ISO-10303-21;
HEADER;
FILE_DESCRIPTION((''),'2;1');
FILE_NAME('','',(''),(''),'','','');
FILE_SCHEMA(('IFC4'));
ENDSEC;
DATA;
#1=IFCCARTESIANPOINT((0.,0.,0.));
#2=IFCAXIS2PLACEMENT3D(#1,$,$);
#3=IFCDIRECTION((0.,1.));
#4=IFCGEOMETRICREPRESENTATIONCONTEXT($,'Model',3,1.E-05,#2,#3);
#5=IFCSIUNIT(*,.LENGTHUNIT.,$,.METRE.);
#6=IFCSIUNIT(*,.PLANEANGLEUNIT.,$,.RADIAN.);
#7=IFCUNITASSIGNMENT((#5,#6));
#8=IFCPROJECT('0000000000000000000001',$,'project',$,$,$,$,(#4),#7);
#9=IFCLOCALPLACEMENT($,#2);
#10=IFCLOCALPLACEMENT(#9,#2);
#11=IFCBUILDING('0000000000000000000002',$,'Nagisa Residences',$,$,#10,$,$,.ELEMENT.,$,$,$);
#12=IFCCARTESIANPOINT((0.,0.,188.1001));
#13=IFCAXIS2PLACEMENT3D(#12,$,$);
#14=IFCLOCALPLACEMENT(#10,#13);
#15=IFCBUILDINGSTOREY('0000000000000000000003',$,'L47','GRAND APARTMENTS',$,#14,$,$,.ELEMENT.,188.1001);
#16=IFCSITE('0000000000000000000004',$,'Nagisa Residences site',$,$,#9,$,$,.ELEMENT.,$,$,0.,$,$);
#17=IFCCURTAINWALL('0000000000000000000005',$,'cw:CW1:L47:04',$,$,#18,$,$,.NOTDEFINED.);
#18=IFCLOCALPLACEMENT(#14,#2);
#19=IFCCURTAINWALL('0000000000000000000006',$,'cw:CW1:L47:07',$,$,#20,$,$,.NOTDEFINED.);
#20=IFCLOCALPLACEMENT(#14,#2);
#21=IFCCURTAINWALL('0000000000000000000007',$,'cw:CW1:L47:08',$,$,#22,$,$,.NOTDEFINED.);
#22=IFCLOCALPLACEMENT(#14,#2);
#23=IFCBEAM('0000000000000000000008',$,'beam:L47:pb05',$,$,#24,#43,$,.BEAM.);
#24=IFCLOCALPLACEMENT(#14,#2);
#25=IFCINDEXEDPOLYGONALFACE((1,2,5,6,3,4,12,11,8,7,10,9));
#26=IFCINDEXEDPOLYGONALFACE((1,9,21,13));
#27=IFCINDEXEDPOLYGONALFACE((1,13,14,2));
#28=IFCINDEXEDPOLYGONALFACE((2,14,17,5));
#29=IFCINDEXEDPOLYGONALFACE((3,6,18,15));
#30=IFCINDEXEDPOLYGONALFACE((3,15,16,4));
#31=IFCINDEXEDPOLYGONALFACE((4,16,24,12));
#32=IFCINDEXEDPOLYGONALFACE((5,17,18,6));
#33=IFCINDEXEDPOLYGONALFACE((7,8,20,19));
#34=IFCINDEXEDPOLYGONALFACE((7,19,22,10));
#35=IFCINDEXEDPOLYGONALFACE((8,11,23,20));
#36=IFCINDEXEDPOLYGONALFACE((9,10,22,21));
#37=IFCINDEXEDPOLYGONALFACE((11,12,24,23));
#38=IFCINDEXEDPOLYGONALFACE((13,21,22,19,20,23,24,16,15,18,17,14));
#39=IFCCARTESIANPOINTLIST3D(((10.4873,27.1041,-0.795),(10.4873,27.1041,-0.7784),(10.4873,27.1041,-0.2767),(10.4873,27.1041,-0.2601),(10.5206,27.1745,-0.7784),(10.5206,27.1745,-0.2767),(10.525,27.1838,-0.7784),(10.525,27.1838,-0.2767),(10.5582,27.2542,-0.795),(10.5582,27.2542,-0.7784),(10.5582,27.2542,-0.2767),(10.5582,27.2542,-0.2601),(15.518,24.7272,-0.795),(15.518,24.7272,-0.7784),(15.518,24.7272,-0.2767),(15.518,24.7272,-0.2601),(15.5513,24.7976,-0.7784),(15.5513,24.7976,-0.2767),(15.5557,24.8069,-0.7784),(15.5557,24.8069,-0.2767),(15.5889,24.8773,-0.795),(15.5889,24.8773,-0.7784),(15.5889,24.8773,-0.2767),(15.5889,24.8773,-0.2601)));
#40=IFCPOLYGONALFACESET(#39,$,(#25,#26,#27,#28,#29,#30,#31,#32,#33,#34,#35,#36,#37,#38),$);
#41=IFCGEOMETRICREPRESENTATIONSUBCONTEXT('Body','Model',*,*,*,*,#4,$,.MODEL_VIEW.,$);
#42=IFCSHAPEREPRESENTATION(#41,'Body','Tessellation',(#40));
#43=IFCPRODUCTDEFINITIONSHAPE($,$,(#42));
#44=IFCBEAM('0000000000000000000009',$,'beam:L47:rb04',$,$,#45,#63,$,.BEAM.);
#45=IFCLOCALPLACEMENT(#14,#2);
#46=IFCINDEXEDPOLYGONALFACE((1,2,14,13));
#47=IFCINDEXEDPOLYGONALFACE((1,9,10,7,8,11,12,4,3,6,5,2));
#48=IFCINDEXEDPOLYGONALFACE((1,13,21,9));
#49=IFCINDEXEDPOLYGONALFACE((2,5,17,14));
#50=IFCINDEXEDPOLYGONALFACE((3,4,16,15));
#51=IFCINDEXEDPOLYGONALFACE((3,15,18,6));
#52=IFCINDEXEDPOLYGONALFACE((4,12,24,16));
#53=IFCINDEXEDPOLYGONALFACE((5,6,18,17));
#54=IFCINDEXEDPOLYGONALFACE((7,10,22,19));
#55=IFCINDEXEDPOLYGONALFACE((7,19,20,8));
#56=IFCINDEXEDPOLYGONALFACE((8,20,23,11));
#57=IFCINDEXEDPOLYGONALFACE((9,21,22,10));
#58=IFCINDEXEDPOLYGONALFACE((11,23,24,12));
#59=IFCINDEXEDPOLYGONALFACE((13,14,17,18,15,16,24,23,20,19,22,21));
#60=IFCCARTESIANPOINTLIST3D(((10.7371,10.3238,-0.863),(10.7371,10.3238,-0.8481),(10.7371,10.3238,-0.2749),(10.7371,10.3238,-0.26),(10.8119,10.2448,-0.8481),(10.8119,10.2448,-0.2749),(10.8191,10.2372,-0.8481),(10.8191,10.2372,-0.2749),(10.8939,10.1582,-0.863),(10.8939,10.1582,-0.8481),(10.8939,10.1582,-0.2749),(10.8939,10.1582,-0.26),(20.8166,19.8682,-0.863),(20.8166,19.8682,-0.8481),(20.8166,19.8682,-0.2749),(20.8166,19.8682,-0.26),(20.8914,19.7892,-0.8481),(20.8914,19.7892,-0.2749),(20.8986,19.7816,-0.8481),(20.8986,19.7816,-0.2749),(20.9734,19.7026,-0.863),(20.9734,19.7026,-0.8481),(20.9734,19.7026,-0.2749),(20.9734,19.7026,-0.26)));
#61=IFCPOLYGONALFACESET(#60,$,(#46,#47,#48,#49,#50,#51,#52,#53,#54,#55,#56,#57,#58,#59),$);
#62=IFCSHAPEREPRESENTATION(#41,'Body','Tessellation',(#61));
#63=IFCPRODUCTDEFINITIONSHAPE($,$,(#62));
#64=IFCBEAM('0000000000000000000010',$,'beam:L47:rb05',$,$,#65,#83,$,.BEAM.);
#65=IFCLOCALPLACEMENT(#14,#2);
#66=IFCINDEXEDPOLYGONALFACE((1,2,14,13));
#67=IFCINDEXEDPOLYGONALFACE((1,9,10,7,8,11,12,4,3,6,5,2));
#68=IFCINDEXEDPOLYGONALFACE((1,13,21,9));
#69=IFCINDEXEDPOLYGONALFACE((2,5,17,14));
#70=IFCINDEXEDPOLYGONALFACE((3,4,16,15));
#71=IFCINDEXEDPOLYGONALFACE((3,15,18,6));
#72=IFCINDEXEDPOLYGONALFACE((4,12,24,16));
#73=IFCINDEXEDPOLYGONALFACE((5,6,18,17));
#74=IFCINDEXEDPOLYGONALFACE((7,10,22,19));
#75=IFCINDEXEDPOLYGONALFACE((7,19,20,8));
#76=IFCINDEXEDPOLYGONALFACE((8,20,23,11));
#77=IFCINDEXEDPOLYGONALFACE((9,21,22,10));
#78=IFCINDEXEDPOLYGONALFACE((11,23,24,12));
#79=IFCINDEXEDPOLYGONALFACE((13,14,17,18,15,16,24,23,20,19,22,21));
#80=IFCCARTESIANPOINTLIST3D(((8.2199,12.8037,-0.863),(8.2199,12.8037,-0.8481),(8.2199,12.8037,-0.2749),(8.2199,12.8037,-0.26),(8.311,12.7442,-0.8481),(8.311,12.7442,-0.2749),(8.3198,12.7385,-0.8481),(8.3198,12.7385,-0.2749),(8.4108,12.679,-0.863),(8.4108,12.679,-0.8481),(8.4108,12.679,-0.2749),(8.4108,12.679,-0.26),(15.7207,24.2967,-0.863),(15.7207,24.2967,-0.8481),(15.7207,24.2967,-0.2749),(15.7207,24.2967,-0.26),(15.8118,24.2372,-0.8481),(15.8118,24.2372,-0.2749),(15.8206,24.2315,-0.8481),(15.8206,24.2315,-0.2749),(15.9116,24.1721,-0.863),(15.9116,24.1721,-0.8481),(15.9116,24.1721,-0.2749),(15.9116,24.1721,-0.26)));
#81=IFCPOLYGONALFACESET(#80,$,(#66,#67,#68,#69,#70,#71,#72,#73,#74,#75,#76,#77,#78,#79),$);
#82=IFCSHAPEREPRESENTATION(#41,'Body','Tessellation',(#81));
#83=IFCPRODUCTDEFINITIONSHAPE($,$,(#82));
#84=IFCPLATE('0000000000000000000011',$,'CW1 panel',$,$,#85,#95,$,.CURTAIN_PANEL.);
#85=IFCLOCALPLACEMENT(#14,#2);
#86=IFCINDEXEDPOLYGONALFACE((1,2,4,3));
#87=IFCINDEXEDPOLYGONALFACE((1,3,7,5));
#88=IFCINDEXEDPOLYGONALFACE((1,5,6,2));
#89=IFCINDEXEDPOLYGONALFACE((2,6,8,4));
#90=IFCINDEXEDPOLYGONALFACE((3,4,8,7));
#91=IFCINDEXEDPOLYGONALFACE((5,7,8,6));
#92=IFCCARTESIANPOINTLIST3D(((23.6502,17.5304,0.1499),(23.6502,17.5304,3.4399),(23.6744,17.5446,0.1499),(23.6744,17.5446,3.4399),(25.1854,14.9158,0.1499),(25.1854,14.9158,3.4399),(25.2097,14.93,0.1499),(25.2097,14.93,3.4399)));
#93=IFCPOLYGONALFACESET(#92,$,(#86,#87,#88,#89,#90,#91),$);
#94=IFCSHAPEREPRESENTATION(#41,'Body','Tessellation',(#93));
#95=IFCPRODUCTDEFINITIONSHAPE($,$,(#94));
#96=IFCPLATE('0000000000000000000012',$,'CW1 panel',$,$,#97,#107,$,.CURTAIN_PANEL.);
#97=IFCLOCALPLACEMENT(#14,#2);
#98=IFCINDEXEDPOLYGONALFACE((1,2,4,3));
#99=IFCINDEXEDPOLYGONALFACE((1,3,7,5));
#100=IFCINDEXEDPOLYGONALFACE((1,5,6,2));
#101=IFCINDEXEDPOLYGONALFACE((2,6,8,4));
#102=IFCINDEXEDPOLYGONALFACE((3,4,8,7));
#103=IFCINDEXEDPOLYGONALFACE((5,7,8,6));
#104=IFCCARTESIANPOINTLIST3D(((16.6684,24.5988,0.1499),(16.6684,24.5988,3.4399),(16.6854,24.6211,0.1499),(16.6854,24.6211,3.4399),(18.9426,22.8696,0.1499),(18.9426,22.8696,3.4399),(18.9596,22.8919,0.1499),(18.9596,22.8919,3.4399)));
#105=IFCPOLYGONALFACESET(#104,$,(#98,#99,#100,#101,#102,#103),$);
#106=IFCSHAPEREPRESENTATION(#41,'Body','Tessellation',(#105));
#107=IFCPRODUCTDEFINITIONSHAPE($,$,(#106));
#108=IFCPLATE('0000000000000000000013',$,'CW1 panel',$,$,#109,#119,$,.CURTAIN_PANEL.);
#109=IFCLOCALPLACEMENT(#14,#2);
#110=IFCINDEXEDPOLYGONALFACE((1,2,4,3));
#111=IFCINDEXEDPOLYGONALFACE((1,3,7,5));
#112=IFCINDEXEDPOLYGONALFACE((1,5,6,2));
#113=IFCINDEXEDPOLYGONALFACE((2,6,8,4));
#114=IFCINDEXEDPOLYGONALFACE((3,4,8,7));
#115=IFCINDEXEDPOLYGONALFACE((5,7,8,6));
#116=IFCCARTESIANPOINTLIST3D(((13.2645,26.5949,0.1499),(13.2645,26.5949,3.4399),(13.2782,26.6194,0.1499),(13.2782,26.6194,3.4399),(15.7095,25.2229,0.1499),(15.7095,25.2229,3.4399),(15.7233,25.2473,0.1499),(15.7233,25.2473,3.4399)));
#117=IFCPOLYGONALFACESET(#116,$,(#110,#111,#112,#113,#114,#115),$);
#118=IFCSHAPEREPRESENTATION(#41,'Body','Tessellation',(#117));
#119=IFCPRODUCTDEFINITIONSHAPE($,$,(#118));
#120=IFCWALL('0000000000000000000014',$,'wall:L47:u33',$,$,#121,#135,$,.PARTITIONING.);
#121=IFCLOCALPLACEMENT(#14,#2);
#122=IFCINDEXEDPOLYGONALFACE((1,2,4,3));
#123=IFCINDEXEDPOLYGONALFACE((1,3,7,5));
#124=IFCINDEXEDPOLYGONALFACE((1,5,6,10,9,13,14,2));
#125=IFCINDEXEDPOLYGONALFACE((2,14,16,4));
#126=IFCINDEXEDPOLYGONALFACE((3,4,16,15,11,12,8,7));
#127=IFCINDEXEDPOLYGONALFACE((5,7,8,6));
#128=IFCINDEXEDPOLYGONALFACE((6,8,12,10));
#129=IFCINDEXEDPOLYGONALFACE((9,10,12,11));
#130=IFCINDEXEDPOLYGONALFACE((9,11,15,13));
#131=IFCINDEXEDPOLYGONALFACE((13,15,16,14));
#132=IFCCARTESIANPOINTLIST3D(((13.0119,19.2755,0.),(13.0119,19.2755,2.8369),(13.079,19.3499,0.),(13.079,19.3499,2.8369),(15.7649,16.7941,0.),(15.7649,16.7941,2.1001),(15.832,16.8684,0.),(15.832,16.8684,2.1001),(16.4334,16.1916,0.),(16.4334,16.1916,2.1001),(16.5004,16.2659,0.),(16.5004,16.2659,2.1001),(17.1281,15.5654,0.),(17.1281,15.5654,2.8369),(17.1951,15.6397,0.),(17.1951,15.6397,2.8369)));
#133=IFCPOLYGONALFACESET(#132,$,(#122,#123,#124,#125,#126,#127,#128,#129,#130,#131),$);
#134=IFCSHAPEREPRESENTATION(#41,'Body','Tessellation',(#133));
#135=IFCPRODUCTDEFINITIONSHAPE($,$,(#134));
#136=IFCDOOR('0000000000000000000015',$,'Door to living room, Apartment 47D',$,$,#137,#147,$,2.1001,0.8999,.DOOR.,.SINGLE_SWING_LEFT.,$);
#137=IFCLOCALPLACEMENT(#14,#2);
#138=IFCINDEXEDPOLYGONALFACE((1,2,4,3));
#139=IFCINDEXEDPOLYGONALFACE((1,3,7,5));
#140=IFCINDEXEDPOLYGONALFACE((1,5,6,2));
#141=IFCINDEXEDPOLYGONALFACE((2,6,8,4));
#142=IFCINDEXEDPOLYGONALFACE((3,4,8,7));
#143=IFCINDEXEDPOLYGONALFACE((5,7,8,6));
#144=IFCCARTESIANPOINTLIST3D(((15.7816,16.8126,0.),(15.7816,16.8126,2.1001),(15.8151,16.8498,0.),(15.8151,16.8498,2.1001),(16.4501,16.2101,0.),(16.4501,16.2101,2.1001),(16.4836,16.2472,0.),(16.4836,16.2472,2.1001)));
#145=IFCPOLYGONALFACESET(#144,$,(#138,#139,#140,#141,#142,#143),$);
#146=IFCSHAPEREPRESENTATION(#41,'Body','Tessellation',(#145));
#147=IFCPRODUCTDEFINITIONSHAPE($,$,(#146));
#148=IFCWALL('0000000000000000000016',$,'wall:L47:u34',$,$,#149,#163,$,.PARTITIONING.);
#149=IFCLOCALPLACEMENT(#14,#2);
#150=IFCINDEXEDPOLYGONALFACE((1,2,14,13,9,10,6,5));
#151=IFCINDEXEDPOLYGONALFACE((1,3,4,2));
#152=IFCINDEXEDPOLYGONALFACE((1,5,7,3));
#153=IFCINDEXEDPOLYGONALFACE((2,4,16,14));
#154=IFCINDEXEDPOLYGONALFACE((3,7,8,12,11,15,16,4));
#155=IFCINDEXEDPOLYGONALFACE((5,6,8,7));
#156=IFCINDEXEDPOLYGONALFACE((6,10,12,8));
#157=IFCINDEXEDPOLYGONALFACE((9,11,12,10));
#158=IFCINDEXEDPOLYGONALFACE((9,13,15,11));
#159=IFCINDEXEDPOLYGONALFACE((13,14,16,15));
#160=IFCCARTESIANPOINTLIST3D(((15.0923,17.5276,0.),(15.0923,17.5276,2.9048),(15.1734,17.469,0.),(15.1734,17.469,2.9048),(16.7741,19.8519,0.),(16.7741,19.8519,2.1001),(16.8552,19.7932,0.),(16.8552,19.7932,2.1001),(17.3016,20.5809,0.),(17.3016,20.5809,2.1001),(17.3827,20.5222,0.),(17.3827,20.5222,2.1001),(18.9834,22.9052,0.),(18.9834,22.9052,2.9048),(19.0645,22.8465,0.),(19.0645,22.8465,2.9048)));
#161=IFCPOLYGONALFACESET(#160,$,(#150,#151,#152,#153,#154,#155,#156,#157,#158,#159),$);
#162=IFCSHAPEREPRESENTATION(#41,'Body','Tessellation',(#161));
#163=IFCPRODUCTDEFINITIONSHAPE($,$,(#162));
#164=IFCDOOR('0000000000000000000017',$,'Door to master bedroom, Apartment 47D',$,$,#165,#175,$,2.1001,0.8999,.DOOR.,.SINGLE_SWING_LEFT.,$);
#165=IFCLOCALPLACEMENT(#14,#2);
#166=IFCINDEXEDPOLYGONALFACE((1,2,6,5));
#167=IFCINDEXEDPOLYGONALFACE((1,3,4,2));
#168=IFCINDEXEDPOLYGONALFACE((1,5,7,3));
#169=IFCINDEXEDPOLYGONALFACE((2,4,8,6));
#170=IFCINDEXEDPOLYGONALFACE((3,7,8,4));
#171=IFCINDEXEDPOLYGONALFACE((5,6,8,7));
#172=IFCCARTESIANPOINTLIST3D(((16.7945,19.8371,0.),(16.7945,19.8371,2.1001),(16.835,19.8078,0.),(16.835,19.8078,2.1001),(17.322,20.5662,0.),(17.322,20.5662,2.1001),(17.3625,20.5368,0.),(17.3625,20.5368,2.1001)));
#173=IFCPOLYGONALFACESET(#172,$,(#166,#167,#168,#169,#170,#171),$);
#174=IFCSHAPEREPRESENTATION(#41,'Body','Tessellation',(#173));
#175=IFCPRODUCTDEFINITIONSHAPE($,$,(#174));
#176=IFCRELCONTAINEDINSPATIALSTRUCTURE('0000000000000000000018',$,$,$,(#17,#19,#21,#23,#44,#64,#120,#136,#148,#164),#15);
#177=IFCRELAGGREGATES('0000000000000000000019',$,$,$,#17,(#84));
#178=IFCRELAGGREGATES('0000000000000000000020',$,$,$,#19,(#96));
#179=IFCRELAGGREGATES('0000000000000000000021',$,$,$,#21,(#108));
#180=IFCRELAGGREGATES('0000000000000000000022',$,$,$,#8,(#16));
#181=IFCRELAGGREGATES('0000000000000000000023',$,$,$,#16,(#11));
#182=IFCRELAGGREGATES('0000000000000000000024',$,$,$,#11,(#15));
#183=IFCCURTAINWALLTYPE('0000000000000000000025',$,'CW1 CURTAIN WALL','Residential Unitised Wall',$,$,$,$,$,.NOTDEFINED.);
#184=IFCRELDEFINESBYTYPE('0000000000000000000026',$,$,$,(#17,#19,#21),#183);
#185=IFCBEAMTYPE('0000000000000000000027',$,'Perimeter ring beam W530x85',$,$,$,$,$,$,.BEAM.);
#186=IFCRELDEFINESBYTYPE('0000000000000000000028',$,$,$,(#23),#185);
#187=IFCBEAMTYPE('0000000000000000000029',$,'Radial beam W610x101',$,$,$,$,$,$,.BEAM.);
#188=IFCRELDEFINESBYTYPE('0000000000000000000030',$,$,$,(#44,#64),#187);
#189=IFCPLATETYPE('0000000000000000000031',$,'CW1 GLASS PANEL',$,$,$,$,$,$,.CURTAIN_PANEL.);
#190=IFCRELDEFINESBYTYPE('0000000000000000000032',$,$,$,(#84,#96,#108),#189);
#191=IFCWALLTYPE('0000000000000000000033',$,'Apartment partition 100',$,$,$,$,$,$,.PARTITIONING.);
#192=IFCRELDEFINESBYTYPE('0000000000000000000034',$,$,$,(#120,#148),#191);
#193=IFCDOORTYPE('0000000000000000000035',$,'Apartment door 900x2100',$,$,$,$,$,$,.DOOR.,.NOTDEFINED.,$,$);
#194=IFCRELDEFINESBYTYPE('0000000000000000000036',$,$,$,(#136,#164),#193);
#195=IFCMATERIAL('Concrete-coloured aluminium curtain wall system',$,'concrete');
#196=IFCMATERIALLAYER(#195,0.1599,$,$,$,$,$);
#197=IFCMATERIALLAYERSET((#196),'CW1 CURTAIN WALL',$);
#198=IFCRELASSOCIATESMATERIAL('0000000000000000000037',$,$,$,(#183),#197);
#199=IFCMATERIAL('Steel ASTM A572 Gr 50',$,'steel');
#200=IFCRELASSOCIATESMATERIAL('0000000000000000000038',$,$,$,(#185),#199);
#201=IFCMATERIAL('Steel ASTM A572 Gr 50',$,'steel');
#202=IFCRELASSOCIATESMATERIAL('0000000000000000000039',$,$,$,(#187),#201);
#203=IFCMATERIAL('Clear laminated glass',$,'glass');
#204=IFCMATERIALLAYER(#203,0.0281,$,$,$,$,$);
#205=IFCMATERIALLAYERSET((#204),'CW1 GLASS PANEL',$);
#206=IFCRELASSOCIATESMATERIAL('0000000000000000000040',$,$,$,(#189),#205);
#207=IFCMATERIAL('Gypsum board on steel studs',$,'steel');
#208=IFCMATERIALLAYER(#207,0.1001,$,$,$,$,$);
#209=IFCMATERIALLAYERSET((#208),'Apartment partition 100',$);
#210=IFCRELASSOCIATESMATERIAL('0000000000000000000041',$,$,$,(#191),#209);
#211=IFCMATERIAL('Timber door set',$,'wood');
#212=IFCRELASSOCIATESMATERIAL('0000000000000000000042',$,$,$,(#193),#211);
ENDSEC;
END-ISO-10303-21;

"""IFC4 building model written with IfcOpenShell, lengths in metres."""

from ifc_helpers import new_model, si_unit, direction, frame, frame_2d, origin, origin_2d, place, context, subcontext, project, spatial, rectangle, i_section, extrude, material, layer, layer_set, material_profile, profile_set, type_object, element, fill, aggregate, save


model = new_model("IFC4")

# Units and contexts
model_context = context("Model", 3, precision=1e-05, world=origin(), true_north=direction((0.0, 1.0)))
body_context = subcontext(model_context, "Body", "Model", "MODEL_VIEW")
ifc_project = project(units=[si_unit("LENGTHUNIT", "METRE"), si_unit("PLANEANGLEUNIT", "RADIAN")], contexts=[model_context])

# Site, building, storey
site_placement = place(None, origin())
site = spatial("IfcSite", under=ifc_project, at=site_placement, Name="Nagisa Residences site", CompositionType="ELEMENT", RefElevation=0.0)
building_placement = place(site_placement, origin())
building = spatial("IfcBuilding", under=site, at=building_placement, Name="Nagisa Residences", CompositionType="ELEMENT")
storey_placement = place(building_placement, frame((0.0, 0.0, 188.1001)))
storey = spatial("IfcBuildingStorey", under=building, at=storey_placement, Name="L47", Description="GRAND APARTMENTS", CompositionType="ELEMENT", Elevation=188.1001)

# Curtain walls
ifc_material_1 = material(Name="Concrete-coloured aluminium curtain wall system", Category="concrete")
ifc_layer_1 = layer(ifc_material_1, 0.1599)
ifc_layer_set_1 = layer_set([ifc_layer_1], Name="CW1 CURTAIN WALL")
curtain_wall_type = type_object("IfcCurtainWallType", Name="CW1 CURTAIN WALL", Description="Residential Unitised Wall", PredefinedType="NOTDEFINED", material=ifc_layer_set_1)
curtain_wall_1_placement = place(storey_placement, origin())
curtain_wall_1 = element("IfcCurtainWall", 1, at=curtain_wall_1_placement, inside=storey, type_object=curtain_wall_type, Name="cw:CW1:L47:04", PredefinedType="NOTDEFINED")
curtain_wall_2_placement = place(storey_placement, origin())
curtain_wall_2 = element("IfcCurtainWall", 2, at=curtain_wall_2_placement, inside=storey, type_object=curtain_wall_type, Name="cw:CW1:L47:07", PredefinedType="NOTDEFINED")
curtain_wall_3_placement = place(storey_placement, origin())
curtain_wall_3 = element("IfcCurtainWall", 3, at=curtain_wall_3_placement, inside=storey, type_object=curtain_wall_type, Name="cw:CW1:L47:08", PredefinedType="NOTDEFINED")

# Beams
ifc_material_2 = material(Name="Steel ASTM A572 Gr 50", Category="steel")
ifc_material_profile_1 = material_profile(ifc_material_2, i_section(OverallWidth=0.166, OverallDepth=0.5349, WebThickness=0.0103, FlangeThickness=0.0166, at=origin_2d()), Name="W530x85")
ifc_profile_set_1 = profile_set([ifc_material_profile_1], Name="Steel ASTM A572 Gr 50")
beam_type_1 = type_object("IfcBeamType", Name="Perimeter ring beam W530x85", PredefinedType="BEAM", material=ifc_profile_set_1)
beam_1_placement = place(storey_placement, frame((15.5535, 24.8022, -0.5276), z_axis=(-0.904157, 0.4272, 0.0), x_axis=(-0.4272, -0.904157, 0.0)))
element("IfcBeam", 4, at=beam_1_placement, inside=storey, type_object=beam_type_1, Name="beam:L47:pb05", PredefinedType="BEAM", context=body_context, shape_type="SweptSolid", body=[
    extrude(i_section(OverallWidth=0.166, OverallDepth=0.5349, WebThickness=0.0103, FlangeThickness=0.0166, at=origin_2d()), origin(), (0.0, 0.0, 1.0), 5.564),
])
ifc_material_3 = material(Name="Steel ASTM A572 Gr 50", Category="steel")
ifc_material_profile_2 = material_profile(ifc_material_3, i_section(OverallWidth=0.228, OverallDepth=0.603, WebThickness=0.0105, FlangeThickness=0.0149, at=origin_2d()), Name="W610x101")
ifc_profile_set_2 = profile_set([ifc_material_profile_2], Name="Steel ASTM A572 Gr 50")
beam_type_2 = type_object("IfcBeamType", Name="Radial beam W610x101", PredefinedType="BEAM", material=ifc_profile_set_2)
beam_2_placement = place(storey_placement, frame((20.895, 19.7854, -0.5615), z_axis=(-0.72612, -0.687568, 0.0), x_axis=(0.687568, -0.72612, 0.0)))
element("IfcBeam", 5, at=beam_2_placement, inside=storey, type_object=beam_type_2, Name="beam:L47:rb04", PredefinedType="BEAM", context=body_context, shape_type="SweptSolid", body=[
    extrude(i_section(OverallWidth=0.228, OverallDepth=0.603, WebThickness=0.0105, FlangeThickness=0.0149, at=origin_2d()), origin(), (0.0, 0.0, 1.0), 13.8813),
])
beam_3_placement = place(storey_placement, frame((15.8162, 24.2344, -0.5615), z_axis=(-0.546541, -0.837432, 0.0), x_axis=(0.837432, -0.546541, 0.0)))
element("IfcBeam", 6, at=beam_3_placement, inside=storey, type_object=beam_type_2, Name="beam:L47:rb05", PredefinedType="BEAM", context=body_context, shape_type="SweptSolid", body=[
    extrude(i_section(OverallWidth=0.228, OverallDepth=0.603, WebThickness=0.0105, FlangeThickness=0.0149, at=origin_2d()), origin(), (0.0, 0.0, 1.0), 13.7241),
])

# Plates
ifc_material_4 = material(Name="Clear laminated glass", Category="glass")
ifc_layer_2 = layer(ifc_material_4, 0.0281)
ifc_layer_set_2 = layer_set([ifc_layer_2], Name="CW1 GLASS PANEL")
plate_type = type_object("IfcPlateType", Name="CW1 GLASS PANEL", PredefinedType="CURTAIN_PANEL", material=ifc_layer_set_2)
plate_1_placement = place(storey_placement, frame((24.4299, 16.2302, 0.1499), z_axis=(0.0, 0.0, 1.0), x_axis=(-0.506349, 0.862329, 0.0)))
plate_1 = element("IfcPlate", 7, at=plate_1_placement, type_object=plate_type, Name="CW1 panel", PredefinedType="CURTAIN_PANEL", context=body_context, shape_type="SweptSolid", body=[
    extrude(rectangle(XDim=3.032, YDim=0.0281, at=origin_2d()), origin(), (0.0, 0.0, 1.0), 3.29),
])
aggregate(curtain_wall_1, [plate_1])
plate_2_placement = place(storey_placement, frame((17.814, 23.7454, 0.1499), z_axis=(0.0, 0.0, 1.0), x_axis=(-0.796031, 0.605255, 0.0)))
plate_2 = element("IfcPlate", 8, at=plate_2_placement, type_object=plate_type, Name="CW1 panel", PredefinedType="CURTAIN_PANEL", context=body_context, shape_type="SweptSolid", body=[
    extrude(rectangle(XDim=2.8569, YDim=0.0281, at=origin_2d()), origin(), (0.0, 0.0, 1.0), 3.29),
])
aggregate(curtain_wall_2, [plate_2])
plate_3_placement = place(storey_placement, frame((14.4939, 25.9211, 0.1499), z_axis=(0.0, 0.0, 1.0), x_axis=(-0.872072, 0.489377, 0.0)))
plate_3 = element("IfcPlate", 9, at=plate_3_placement, type_object=plate_type, Name="CW1 panel", PredefinedType="CURTAIN_PANEL", context=body_context, shape_type="SweptSolid", body=[
    extrude(rectangle(XDim=2.8037, YDim=0.0281, at=origin_2d()), origin(), (0.0, 0.0, 1.0), 3.29),
])
aggregate(curtain_wall_3, [plate_3])

# Walls, openings, doors
ifc_material_5 = material(Name="Gypsum board on steel studs", Category="steel")
ifc_layer_3 = layer(ifc_material_5, 0.1001)
ifc_layer_set_3 = layer_set([ifc_layer_3], Name="Apartment partition 100")
wall_type_1 = type_object("IfcWallType", Name="Apartment partition 100", PredefinedType="PARTITIONING", material=ifc_layer_set_3)
wall_1_placement = place(storey_placement, frame((17.1616, 15.6025, 0.0), z_axis=(0.0, 0.0, 1.0), x_axis=(-0.74279, 0.669524, 0.0)))
wall_1 = element("IfcWall", 10, at=wall_1_placement, inside=storey, type_object=wall_type_1, Name="wall:L47:u33", PredefinedType="PARTITIONING", context=body_context, shape_type="SweptSolid", body=[
    extrude(rectangle(XDim=5.5415, YDim=0.1001, at=frame_2d((2.7708, 0.0))), origin(), (0.0, 0.0, 1.0), 2.8369),
])
opening_1_placement = place(wall_1_placement, frame((0.9353, 0.0, 0.0)))
opening_1 = element("IfcOpeningElement", 11, at=opening_1_placement, cuts=wall_1, PredefinedType="OPENING", context=body_context, shape_type="SweptSolid", body=[
    extrude(rectangle(XDim=0.8999, YDim=2.1001, at=frame_2d((0.45, 1.05))), frame((0.0, 0.0601, 0.0), z_axis=(0.0, -1.0, 0.0), x_axis=(1.0, 0.0, 0.0)), (0.0, 0.0, 1.0), 0.1201),
])
ifc_material_6 = material(Name="Timber door set", Category="wood")
door_type_1 = type_object("IfcDoorType", Name="Apartment door 900x2100", OperationType="NOTDEFINED", PredefinedType="DOOR", material=ifc_material_6)
door_1_placement = place(opening_1_placement, frame((0.8999, 0.0, 0.0), x_axis=(-1.0, 0.0, 0.0)))
door_1 = element("IfcDoor", 12, at=door_1_placement, inside=storey, type_object=door_type_1, Name="Door to living room, Apartment 47D", OperationType="SINGLE_SWING_LEFT", OverallHeight=2.1001, OverallWidth=0.8999, PredefinedType="DOOR", context=body_context, shape_type="SweptSolid", body=[
    extrude(rectangle(XDim=0.8999, YDim=2.1001, at=frame_2d((0.45, 1.05))), frame((0.0, 0.0249, 0.0), z_axis=(0.0, -1.0, 0.0), x_axis=(1.0, 0.0, 0.0)), (0.0, 0.0, 1.0), 0.05),
])
fill(opening_1, door_1)
wall_2_placement = place(storey_placement, frame((15.1328, 17.4983, 0.0), z_axis=(0.0, 0.0, 1.0), x_axis=(0.586224, 0.810149, 0.0)))
wall_2 = element("IfcWall", 13, at=wall_2_placement, inside=storey, type_object=wall_type_1, Name="wall:L47:u34", PredefinedType="PARTITIONING", context=body_context, shape_type="SweptSolid", body=[
    extrude(rectangle(XDim=6.6377, YDim=0.1001, at=frame_2d((3.3188, 0.0))), origin(), (0.0, 0.0, 1.0), 2.9048),
])
opening_2_placement = place(wall_2_placement, frame((2.8689, 0.0, 0.0)))
opening_2 = element("IfcOpeningElement", 14, at=opening_2_placement, cuts=wall_2, PredefinedType="OPENING", context=body_context, shape_type="SweptSolid", body=[
    extrude(rectangle(XDim=0.8999, YDim=2.1001, at=frame_2d((0.45, 1.05))), frame((0.0, 0.0601, 0.0), z_axis=(0.0, -1.0, 0.0), x_axis=(1.0, 0.0, 0.0)), (0.0, 0.0, 1.0), 0.1201),
])
door_2_placement = place(opening_2_placement, origin())
door_2 = element("IfcDoor", 15, at=door_2_placement, inside=storey, type_object=door_type_1, Name="Door to master bedroom, Apartment 47D", OperationType="SINGLE_SWING_LEFT", OverallHeight=2.1001, OverallWidth=0.8999, PredefinedType="DOOR", context=body_context, shape_type="SweptSolid", body=[
    extrude(rectangle(XDim=0.8999, YDim=2.1001, at=frame_2d((0.45, 1.05))), frame((0.0, 0.0249, 0.0), z_axis=(0.0, -1.0, 0.0), x_axis=(1.0, 0.0, 0.0)), (0.0, 0.0, 1.0), 0.05),
])
fill(opening_2, door_2)

save(model, "model.ifc")
